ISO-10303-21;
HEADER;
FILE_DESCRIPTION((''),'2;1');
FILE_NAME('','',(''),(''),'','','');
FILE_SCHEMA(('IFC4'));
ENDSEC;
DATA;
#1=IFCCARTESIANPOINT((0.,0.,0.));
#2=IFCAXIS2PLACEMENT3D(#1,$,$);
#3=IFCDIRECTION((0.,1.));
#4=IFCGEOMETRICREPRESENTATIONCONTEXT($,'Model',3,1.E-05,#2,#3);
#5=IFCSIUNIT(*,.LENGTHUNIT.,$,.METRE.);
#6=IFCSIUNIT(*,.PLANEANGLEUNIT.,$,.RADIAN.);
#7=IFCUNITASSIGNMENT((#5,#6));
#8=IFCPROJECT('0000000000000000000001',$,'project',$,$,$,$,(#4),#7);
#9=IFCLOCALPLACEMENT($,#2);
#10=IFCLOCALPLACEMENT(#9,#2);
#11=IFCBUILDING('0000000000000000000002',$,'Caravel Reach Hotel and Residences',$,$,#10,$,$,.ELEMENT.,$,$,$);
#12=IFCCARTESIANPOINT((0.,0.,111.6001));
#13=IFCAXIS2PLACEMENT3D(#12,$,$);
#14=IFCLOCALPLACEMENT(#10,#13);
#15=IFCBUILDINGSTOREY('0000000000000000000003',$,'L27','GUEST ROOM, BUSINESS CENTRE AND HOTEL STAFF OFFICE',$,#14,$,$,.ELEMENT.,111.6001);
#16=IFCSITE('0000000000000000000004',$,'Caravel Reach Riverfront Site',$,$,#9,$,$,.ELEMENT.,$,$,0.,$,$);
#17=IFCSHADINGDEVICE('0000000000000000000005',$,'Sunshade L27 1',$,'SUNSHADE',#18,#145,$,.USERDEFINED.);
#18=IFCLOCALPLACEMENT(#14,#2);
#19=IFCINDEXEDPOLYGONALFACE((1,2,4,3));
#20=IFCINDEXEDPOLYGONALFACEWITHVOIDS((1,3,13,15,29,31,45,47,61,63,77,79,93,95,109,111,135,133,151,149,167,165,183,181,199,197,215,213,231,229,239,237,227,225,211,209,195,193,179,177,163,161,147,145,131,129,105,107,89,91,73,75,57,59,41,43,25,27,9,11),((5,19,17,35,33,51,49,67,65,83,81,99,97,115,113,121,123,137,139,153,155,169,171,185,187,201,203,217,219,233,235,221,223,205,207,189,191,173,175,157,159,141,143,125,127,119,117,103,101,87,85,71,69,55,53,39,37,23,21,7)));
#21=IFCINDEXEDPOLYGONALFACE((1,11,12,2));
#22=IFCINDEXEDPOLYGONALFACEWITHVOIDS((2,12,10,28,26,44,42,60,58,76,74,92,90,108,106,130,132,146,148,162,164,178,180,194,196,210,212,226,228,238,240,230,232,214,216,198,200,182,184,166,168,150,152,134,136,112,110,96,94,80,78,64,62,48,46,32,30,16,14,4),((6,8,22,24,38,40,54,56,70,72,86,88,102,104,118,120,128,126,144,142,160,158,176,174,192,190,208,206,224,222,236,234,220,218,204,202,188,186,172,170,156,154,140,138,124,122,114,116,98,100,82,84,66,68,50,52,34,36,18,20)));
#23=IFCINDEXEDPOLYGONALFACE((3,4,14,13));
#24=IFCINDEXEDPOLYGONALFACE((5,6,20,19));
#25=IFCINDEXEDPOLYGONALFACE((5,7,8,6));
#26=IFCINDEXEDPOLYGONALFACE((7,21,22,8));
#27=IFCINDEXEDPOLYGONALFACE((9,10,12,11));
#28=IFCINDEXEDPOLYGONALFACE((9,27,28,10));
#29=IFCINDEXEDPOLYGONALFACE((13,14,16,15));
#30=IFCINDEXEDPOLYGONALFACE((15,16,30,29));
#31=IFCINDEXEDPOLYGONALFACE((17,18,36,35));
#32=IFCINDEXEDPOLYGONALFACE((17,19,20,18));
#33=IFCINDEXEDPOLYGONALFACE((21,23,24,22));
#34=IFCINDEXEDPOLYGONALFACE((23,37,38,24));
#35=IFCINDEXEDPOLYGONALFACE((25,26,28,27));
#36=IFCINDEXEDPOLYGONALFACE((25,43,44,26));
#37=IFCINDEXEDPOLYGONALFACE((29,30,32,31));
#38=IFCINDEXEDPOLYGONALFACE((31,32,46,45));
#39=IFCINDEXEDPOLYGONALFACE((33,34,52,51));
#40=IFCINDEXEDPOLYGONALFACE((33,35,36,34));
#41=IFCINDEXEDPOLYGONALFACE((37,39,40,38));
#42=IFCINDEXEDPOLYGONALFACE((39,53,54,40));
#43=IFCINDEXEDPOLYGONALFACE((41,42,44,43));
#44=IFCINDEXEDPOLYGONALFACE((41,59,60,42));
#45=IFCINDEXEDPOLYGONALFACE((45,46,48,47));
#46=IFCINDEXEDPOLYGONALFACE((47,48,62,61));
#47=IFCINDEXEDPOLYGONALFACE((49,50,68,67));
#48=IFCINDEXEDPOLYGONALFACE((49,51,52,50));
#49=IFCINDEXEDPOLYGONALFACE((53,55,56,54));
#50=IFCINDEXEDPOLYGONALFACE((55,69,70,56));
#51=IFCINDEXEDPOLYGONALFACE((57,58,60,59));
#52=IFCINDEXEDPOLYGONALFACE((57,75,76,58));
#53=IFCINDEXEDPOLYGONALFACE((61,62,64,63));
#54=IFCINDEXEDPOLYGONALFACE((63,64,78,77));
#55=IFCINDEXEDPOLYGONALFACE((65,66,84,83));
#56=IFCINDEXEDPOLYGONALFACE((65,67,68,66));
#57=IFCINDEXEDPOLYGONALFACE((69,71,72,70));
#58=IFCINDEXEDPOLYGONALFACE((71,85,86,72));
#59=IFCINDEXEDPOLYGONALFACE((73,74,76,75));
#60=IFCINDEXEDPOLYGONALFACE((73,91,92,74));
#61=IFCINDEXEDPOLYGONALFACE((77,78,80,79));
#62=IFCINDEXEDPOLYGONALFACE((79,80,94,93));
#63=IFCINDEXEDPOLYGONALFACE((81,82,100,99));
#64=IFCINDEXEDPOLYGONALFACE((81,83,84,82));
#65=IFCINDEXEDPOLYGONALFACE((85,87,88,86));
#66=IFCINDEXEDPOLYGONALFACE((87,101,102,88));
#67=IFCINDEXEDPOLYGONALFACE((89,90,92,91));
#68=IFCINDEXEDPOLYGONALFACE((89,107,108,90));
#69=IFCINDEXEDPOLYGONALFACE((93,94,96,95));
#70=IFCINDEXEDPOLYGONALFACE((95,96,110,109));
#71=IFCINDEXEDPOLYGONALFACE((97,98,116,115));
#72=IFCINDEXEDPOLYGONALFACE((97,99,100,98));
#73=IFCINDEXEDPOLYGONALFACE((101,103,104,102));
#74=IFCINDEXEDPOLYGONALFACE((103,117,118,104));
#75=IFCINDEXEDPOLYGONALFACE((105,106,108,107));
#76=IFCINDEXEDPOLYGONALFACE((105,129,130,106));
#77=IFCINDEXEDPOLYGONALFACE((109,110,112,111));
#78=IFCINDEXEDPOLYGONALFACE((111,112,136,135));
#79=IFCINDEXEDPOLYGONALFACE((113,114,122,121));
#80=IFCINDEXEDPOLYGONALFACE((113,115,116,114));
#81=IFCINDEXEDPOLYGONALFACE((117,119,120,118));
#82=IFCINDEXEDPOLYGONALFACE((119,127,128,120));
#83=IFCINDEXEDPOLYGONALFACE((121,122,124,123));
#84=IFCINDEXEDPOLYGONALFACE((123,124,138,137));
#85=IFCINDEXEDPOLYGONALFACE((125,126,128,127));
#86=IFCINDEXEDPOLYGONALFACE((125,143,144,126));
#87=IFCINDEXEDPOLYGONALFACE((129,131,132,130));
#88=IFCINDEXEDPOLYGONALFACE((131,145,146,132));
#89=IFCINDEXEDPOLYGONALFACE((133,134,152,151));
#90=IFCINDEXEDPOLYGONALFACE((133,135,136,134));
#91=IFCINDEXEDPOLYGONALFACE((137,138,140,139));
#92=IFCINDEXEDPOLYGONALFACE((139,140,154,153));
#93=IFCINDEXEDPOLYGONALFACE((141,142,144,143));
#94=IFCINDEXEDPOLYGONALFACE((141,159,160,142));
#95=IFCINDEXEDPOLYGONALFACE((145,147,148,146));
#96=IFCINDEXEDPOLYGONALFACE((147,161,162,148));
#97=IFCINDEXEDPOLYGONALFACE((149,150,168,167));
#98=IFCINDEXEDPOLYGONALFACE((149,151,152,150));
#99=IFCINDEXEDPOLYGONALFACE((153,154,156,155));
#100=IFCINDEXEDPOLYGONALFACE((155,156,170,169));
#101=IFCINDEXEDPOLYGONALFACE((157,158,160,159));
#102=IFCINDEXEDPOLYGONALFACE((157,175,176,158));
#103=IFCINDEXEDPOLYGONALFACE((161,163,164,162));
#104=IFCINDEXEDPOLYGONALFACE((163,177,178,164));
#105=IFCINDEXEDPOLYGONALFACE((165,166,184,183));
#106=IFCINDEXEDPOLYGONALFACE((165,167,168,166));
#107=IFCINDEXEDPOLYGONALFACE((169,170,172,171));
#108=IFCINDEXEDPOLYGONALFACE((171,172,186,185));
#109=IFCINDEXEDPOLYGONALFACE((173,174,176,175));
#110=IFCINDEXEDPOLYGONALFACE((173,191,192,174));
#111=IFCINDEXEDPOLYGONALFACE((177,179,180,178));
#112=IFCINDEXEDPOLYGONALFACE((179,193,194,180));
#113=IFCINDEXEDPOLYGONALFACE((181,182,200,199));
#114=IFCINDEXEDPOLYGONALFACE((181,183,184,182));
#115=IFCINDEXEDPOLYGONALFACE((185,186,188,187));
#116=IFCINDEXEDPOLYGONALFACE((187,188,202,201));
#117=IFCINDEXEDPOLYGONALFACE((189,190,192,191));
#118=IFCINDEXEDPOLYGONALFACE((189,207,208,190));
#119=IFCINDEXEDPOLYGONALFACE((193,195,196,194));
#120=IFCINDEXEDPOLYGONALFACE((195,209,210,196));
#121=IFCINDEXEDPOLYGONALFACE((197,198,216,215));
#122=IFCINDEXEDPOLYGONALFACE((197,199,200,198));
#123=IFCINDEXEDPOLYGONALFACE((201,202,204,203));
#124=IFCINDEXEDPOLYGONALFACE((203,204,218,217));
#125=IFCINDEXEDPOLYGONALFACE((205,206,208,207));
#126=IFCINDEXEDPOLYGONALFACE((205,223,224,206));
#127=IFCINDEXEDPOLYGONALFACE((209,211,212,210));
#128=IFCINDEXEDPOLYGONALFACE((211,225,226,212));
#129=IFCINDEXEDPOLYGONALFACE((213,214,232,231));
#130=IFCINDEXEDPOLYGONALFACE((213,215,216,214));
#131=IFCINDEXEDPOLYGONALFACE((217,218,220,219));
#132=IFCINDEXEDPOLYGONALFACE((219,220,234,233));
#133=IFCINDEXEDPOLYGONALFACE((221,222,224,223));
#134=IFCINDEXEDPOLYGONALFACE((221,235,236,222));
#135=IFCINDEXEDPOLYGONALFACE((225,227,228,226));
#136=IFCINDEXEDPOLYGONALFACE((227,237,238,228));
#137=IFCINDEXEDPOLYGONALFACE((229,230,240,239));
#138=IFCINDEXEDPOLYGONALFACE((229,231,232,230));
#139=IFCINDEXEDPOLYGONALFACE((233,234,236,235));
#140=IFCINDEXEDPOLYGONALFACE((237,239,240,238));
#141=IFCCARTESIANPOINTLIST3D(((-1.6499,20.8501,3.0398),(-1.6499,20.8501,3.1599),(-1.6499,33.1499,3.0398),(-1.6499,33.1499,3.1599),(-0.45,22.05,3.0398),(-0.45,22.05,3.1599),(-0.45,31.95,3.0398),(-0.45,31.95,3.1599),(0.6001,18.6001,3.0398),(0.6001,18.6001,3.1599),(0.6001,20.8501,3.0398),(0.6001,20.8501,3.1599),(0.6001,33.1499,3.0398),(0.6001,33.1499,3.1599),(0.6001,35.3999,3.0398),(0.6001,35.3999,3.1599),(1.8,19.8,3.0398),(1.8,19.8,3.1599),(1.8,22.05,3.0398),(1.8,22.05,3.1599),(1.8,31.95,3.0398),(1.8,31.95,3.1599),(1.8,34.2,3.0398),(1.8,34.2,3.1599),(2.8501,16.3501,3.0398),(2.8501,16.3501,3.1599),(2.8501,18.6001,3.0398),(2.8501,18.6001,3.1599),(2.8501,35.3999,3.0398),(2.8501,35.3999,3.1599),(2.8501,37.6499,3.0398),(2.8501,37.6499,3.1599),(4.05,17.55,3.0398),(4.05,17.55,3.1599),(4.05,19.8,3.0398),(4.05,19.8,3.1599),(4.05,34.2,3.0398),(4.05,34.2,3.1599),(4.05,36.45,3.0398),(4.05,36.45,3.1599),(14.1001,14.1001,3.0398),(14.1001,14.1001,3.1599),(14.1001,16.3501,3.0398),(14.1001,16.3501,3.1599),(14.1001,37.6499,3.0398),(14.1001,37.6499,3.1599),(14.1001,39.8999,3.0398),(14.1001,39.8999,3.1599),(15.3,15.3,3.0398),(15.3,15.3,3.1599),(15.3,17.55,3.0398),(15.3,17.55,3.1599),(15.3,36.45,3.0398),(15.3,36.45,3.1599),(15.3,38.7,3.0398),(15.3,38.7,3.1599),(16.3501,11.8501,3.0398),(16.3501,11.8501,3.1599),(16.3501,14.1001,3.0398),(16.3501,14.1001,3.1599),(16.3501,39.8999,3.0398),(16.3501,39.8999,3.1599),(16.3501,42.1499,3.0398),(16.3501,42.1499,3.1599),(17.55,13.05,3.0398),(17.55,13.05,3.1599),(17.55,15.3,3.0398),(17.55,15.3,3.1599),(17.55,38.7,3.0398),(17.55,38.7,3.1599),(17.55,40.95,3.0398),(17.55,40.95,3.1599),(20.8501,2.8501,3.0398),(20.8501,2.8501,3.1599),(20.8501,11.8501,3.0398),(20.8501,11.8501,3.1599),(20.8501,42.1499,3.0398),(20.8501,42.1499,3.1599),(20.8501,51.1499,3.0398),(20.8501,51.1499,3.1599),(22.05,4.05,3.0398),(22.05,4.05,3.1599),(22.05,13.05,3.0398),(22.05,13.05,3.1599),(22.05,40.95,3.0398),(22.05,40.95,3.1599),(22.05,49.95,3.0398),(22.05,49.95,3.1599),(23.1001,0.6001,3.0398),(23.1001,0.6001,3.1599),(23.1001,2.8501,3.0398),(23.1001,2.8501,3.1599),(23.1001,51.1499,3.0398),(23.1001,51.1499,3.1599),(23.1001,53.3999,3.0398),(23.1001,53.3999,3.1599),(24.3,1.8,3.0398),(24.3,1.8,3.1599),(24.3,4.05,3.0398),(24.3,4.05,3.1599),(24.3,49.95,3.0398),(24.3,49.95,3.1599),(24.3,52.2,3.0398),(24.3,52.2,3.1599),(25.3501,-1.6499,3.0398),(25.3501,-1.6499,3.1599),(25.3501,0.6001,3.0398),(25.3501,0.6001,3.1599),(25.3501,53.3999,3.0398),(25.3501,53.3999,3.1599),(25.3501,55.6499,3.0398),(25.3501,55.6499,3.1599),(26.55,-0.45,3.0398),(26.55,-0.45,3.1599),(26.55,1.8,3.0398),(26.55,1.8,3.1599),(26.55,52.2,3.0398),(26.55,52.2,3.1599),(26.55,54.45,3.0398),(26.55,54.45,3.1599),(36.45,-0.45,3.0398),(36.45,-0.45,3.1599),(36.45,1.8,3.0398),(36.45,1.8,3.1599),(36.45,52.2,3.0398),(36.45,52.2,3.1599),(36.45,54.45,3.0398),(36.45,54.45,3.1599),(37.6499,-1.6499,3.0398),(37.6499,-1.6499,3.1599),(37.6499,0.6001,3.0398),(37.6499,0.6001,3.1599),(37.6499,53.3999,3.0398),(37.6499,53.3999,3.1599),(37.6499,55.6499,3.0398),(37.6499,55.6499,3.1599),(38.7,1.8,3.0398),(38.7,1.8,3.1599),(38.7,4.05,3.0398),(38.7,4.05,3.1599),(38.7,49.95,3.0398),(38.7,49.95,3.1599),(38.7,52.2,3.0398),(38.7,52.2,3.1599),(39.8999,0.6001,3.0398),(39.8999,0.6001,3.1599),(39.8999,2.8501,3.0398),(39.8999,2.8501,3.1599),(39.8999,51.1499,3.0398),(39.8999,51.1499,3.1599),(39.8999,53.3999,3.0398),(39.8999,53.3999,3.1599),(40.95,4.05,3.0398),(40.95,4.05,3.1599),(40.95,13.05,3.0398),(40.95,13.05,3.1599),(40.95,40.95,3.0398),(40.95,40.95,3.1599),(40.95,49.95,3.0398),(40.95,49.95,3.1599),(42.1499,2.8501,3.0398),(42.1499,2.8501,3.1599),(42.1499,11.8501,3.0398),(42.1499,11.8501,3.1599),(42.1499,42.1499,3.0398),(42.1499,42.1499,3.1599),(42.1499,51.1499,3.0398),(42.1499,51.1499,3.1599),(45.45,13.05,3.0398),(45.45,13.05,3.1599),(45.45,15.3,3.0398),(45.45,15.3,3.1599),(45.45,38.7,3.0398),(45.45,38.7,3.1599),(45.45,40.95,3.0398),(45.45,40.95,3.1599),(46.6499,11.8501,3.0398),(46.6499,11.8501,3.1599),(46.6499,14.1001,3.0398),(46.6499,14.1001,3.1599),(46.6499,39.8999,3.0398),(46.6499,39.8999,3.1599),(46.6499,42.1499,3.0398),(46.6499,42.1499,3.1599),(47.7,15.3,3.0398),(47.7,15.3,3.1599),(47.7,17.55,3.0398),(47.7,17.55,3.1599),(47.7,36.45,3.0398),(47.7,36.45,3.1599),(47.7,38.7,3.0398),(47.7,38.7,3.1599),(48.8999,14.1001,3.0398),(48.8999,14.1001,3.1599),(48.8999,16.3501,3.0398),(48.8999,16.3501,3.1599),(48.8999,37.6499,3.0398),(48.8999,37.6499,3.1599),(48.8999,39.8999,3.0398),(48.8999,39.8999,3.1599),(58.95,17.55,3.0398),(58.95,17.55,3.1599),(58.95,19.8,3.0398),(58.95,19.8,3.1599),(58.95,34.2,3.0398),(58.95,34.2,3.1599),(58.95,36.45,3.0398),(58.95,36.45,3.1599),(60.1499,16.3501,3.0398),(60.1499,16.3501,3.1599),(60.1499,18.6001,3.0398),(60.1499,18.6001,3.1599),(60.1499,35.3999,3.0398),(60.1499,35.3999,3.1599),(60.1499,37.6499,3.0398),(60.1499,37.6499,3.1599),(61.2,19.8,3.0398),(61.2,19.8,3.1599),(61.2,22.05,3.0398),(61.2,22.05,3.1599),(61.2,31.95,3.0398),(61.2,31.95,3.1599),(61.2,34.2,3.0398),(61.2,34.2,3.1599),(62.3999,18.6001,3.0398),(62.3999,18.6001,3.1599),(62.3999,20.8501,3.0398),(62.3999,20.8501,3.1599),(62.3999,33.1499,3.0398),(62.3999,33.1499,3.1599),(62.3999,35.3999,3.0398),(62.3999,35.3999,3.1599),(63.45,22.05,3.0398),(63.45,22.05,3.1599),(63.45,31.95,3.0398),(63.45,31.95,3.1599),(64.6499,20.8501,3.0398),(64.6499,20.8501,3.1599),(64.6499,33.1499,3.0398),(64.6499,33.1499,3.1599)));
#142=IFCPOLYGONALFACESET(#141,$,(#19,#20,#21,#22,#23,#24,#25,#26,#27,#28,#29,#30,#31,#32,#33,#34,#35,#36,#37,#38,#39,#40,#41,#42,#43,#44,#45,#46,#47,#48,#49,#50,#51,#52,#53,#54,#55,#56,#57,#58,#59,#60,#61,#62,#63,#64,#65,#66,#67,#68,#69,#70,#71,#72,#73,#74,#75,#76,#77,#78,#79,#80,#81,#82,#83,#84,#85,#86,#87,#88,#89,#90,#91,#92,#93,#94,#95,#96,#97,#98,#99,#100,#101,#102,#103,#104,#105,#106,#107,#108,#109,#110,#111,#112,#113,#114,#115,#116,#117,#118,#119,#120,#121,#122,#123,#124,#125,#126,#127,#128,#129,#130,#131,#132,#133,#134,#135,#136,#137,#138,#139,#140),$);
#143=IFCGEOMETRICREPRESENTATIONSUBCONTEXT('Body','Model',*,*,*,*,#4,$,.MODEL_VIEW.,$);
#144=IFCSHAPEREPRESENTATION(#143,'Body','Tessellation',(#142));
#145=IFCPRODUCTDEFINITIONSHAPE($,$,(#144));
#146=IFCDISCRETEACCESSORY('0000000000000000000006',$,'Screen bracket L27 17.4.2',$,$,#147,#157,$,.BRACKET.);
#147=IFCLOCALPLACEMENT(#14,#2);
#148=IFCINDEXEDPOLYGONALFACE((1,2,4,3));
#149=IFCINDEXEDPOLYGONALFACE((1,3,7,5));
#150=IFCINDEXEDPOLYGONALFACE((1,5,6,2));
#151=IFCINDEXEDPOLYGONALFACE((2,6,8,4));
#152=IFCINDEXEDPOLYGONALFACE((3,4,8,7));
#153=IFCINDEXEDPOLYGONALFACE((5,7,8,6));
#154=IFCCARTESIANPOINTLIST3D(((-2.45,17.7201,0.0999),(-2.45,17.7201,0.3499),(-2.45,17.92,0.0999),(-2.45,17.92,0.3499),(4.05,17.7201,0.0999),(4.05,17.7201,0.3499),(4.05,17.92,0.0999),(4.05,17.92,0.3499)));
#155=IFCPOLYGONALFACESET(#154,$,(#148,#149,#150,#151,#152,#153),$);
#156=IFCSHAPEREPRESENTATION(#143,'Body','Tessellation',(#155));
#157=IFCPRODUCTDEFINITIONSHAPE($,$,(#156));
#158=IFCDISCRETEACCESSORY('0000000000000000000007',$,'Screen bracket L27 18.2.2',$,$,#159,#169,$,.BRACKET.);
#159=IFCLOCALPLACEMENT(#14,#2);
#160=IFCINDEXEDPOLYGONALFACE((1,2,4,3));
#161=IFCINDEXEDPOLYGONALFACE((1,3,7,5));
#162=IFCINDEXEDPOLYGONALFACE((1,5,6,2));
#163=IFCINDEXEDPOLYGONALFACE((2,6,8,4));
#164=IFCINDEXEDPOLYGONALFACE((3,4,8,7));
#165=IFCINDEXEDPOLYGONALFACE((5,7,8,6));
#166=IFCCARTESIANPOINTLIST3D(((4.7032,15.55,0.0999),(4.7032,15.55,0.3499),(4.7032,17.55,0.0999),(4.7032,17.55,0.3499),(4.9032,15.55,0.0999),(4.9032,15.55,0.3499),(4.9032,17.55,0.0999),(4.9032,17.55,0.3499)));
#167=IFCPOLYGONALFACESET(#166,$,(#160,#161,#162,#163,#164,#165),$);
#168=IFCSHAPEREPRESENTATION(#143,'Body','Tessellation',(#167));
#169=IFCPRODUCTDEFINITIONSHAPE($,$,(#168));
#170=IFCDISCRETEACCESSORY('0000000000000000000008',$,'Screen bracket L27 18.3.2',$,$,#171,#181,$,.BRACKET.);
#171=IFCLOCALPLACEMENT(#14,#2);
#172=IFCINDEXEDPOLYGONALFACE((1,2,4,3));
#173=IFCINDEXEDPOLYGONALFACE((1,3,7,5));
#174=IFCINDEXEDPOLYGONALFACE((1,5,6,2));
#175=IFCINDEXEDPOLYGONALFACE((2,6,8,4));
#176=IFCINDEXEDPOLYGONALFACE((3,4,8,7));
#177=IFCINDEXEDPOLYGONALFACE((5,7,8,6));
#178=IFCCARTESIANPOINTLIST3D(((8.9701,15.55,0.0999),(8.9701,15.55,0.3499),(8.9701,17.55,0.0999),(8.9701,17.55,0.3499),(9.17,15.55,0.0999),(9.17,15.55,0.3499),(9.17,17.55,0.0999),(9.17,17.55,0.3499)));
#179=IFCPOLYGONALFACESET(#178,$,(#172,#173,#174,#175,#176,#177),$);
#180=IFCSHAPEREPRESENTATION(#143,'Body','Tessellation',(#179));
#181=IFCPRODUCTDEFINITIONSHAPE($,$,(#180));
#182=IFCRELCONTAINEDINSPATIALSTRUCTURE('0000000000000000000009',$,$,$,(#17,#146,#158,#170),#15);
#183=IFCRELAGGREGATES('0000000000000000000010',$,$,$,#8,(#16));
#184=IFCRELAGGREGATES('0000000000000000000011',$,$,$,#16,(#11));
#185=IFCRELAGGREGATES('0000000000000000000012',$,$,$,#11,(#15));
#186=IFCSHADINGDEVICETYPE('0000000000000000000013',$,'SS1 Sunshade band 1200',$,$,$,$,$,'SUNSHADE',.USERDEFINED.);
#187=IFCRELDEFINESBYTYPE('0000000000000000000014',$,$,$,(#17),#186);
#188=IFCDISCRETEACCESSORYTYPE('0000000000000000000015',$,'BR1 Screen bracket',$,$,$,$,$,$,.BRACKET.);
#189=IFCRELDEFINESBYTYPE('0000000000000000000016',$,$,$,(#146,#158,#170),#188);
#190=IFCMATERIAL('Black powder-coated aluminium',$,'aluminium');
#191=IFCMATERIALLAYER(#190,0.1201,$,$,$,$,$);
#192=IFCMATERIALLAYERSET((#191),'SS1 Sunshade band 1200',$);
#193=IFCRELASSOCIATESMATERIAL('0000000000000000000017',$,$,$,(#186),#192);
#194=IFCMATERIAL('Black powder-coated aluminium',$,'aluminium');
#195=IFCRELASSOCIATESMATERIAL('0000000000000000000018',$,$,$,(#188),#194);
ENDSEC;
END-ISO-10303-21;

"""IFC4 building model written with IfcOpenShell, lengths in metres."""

from ifc_helpers import new_model, si_unit, direction, frame, origin, origin_2d, place, context, subcontext, project, spatial, polyline, rectangle, outline, extrude, material, layer, layer_set, type_object, element, save


model = new_model("IFC4")

# Units and contexts
model_context = context("Model", 3, precision=1e-05, world=origin(), true_north=direction((0.0, 1.0)))
body_context = subcontext(model_context, "Body", "Model", "MODEL_VIEW")
ifc_project = project(units=[si_unit("LENGTHUNIT", "METRE"), si_unit("PLANEANGLEUNIT", "RADIAN")], contexts=[model_context])

# Site, building, storey
site_placement = place(None, origin())
site = spatial("IfcSite", under=ifc_project, at=site_placement, Name="Caravel Reach Riverfront Site", CompositionType="ELEMENT", RefElevation=0.0)
building_placement = place(site_placement, origin())
building = spatial("IfcBuilding", under=site, at=building_placement, Name="Caravel Reach Hotel and Residences", CompositionType="ELEMENT")
storey_placement = place(building_placement, frame((0.0, 0.0, 111.6001)))
storey = spatial("IfcBuildingStorey", under=building, at=storey_placement, Name="L27", Description="GUEST ROOM, BUSINESS CENTRE AND HOTEL STAFF OFFICE", CompositionType="ELEMENT", Elevation=111.6001)

# Shading device
ifc_material_1 = material(Name="Black powder-coated aluminium", Category="aluminium")
ifc_layer_1 = layer(ifc_material_1, 0.1201)
ifc_layer_set_1 = layer_set([ifc_layer_1], Name="SS1 Sunshade band 1200")
shading_device_type = type_object("IfcShadingDeviceType", Name="SS1 Sunshade band 1200", ElementType="SUNSHADE", PredefinedType="USERDEFINED", material=ifc_layer_set_1)
shading_device_placement = place(storey_placement, frame((0.0, 0.0, 3.0398)))
element("IfcShadingDevice", 1, at=shading_device_placement, inside=storey, type_object=shading_device_type, Name="Sunshade L27 1", ObjectType="SUNSHADE", PredefinedType="USERDEFINED", context=body_context, shape_type="SweptSolid", body=[
    extrude(outline(polyline([(20.8501, 11.8501), (20.8501, 2.8501), (23.1001, 2.8501), (23.1001, 0.6001), (25.3501, 0.6001), (25.3501, -1.6499), (37.6499, -1.6499), (37.6499, 0.6001), (39.8999, 0.6001), (39.8999, 2.8501), (42.1499, 2.8501), (42.1499, 11.8501), (46.6499, 11.8501), (46.6499, 14.1001), (48.8999, 14.1001), (48.8999, 16.3501), (60.1499, 16.3501), (60.1499, 18.6001), (62.3999, 18.6001), (62.3999, 20.8501), (64.6499, 20.8501), (64.6499, 33.1499), (62.3999, 33.1499), (62.3999, 35.3999), (60.1499, 35.3999), (60.1499, 37.6499), (48.8999, 37.6499), (48.8999, 39.8999), (46.6499, 39.8999), (46.6499, 42.1499), (42.1499, 42.1499), (42.1499, 51.1499), (39.8999, 51.1499), (39.8999, 53.3999), (37.6499, 53.3999), (37.6499, 55.6499), (25.3501, 55.6499), (25.3501, 53.3999), (23.1001, 53.3999), (23.1001, 51.1499), (20.8501, 51.1499), (20.8501, 42.1499), (16.3501, 42.1499), (16.3501, 39.8999), (14.1001, 39.8999), (14.1001, 37.6499), (2.8501, 37.6499), (2.8501, 35.3999), (0.6001, 35.3999), (0.6001, 33.1499), (-1.6499, 33.1499), (-1.6499, 20.8501), (0.6001, 20.8501), (0.6001, 18.6001), (2.8501, 18.6001), (2.8501, 16.3501), (14.1001, 16.3501), (14.1001, 14.1001), (16.3501, 14.1001), (16.3501, 11.8501), (20.8501, 11.8501)]), holes=[polyline([(24.3, 4.05), (22.05, 4.05), (22.05, 13.05), (17.55, 13.05), (17.55, 15.3), (15.3, 15.3), (15.3, 17.55), (4.05, 17.55), (4.05, 19.8), (1.8, 19.8), (1.8, 22.05), (-0.45, 22.05), (-0.45, 31.95), (1.8, 31.95), (1.8, 34.2), (4.05, 34.2), (4.05, 36.45), (15.3, 36.45), (15.3, 38.7), (17.55, 38.7), (17.55, 40.95), (22.05, 40.95), (22.05, 49.95), (24.3, 49.95), (24.3, 52.2), (26.55, 52.2), (26.55, 54.45), (36.45, 54.45), (36.45, 52.2), (38.7, 52.2), (38.7, 49.95), (40.95, 49.95), (40.95, 40.95), (45.45, 40.95), (45.45, 38.7), (47.7, 38.7), (47.7, 36.45), (58.95, 36.45), (58.95, 34.2), (61.2, 34.2), (61.2, 31.95), (63.45, 31.95), (63.45, 22.05), (61.2, 22.05), (61.2, 19.8), (58.95, 19.8), (58.95, 17.55), (47.7, 17.55), (47.7, 15.3), (45.45, 15.3), (45.45, 13.05), (40.95, 13.05), (40.95, 4.05), (38.7, 4.05), (38.7, 1.8), (36.45, 1.8), (36.45, -0.45), (26.55, -0.45), (26.55, 1.8), (24.3, 1.8), (24.3, 4.05)])]), origin(), (0.0, 0.0, 1.0), 0.1201),
])

# Discrete accessories
ifc_material_2 = material(Name="Black powder-coated aluminium", Category="aluminium")
discrete_accessory_type = type_object("IfcDiscreteAccessoryType", Name="BR1 Screen bracket", PredefinedType="BRACKET", material=ifc_material_2)
discrete_accessory_1_placement = place(storey_placement, frame((0.8, 17.8201, 0.0999), z_axis=(0.0, 0.0, 1.0), x_axis=(-1.0, 0.0, 0.0)))
element("IfcDiscreteAccessory", 2, at=discrete_accessory_1_placement, inside=storey, type_object=discrete_accessory_type, Name="Screen bracket L27 17.4.2", PredefinedType="BRACKET", context=body_context, shape_type="SweptSolid", body=[
    extrude(rectangle(XDim=6.5, YDim=0.2, at=origin_2d()), origin(), (0.0, 0.0, 1.0), 0.25),
])
for number, where, z_axis, x_axis, name in (
    (3, (4.8032, 16.55, 0.0999), (0.0, 0.0, 1.0), (0.0, -1.0, 0.0), "Screen bracket L27 18.2.2"),
    (4, (9.0701, 16.55, 0.0999), (0.0, 0.0, 1.0), (0.0, -1.0, 0.0), "Screen bracket L27 18.3.2"),
):
    element("IfcDiscreteAccessory", number, at=place(storey_placement, frame(where, z_axis=z_axis, x_axis=x_axis)), inside=storey, type_object=discrete_accessory_type, Name=name, PredefinedType="BRACKET", context=body_context, shape_type="SweptSolid", body=[
        extrude(rectangle(XDim=2.0, YDim=0.2, at=origin_2d()), origin(), (0.0, 0.0, 1.0), 0.25),
    ])

save(model, "model.ifc")
